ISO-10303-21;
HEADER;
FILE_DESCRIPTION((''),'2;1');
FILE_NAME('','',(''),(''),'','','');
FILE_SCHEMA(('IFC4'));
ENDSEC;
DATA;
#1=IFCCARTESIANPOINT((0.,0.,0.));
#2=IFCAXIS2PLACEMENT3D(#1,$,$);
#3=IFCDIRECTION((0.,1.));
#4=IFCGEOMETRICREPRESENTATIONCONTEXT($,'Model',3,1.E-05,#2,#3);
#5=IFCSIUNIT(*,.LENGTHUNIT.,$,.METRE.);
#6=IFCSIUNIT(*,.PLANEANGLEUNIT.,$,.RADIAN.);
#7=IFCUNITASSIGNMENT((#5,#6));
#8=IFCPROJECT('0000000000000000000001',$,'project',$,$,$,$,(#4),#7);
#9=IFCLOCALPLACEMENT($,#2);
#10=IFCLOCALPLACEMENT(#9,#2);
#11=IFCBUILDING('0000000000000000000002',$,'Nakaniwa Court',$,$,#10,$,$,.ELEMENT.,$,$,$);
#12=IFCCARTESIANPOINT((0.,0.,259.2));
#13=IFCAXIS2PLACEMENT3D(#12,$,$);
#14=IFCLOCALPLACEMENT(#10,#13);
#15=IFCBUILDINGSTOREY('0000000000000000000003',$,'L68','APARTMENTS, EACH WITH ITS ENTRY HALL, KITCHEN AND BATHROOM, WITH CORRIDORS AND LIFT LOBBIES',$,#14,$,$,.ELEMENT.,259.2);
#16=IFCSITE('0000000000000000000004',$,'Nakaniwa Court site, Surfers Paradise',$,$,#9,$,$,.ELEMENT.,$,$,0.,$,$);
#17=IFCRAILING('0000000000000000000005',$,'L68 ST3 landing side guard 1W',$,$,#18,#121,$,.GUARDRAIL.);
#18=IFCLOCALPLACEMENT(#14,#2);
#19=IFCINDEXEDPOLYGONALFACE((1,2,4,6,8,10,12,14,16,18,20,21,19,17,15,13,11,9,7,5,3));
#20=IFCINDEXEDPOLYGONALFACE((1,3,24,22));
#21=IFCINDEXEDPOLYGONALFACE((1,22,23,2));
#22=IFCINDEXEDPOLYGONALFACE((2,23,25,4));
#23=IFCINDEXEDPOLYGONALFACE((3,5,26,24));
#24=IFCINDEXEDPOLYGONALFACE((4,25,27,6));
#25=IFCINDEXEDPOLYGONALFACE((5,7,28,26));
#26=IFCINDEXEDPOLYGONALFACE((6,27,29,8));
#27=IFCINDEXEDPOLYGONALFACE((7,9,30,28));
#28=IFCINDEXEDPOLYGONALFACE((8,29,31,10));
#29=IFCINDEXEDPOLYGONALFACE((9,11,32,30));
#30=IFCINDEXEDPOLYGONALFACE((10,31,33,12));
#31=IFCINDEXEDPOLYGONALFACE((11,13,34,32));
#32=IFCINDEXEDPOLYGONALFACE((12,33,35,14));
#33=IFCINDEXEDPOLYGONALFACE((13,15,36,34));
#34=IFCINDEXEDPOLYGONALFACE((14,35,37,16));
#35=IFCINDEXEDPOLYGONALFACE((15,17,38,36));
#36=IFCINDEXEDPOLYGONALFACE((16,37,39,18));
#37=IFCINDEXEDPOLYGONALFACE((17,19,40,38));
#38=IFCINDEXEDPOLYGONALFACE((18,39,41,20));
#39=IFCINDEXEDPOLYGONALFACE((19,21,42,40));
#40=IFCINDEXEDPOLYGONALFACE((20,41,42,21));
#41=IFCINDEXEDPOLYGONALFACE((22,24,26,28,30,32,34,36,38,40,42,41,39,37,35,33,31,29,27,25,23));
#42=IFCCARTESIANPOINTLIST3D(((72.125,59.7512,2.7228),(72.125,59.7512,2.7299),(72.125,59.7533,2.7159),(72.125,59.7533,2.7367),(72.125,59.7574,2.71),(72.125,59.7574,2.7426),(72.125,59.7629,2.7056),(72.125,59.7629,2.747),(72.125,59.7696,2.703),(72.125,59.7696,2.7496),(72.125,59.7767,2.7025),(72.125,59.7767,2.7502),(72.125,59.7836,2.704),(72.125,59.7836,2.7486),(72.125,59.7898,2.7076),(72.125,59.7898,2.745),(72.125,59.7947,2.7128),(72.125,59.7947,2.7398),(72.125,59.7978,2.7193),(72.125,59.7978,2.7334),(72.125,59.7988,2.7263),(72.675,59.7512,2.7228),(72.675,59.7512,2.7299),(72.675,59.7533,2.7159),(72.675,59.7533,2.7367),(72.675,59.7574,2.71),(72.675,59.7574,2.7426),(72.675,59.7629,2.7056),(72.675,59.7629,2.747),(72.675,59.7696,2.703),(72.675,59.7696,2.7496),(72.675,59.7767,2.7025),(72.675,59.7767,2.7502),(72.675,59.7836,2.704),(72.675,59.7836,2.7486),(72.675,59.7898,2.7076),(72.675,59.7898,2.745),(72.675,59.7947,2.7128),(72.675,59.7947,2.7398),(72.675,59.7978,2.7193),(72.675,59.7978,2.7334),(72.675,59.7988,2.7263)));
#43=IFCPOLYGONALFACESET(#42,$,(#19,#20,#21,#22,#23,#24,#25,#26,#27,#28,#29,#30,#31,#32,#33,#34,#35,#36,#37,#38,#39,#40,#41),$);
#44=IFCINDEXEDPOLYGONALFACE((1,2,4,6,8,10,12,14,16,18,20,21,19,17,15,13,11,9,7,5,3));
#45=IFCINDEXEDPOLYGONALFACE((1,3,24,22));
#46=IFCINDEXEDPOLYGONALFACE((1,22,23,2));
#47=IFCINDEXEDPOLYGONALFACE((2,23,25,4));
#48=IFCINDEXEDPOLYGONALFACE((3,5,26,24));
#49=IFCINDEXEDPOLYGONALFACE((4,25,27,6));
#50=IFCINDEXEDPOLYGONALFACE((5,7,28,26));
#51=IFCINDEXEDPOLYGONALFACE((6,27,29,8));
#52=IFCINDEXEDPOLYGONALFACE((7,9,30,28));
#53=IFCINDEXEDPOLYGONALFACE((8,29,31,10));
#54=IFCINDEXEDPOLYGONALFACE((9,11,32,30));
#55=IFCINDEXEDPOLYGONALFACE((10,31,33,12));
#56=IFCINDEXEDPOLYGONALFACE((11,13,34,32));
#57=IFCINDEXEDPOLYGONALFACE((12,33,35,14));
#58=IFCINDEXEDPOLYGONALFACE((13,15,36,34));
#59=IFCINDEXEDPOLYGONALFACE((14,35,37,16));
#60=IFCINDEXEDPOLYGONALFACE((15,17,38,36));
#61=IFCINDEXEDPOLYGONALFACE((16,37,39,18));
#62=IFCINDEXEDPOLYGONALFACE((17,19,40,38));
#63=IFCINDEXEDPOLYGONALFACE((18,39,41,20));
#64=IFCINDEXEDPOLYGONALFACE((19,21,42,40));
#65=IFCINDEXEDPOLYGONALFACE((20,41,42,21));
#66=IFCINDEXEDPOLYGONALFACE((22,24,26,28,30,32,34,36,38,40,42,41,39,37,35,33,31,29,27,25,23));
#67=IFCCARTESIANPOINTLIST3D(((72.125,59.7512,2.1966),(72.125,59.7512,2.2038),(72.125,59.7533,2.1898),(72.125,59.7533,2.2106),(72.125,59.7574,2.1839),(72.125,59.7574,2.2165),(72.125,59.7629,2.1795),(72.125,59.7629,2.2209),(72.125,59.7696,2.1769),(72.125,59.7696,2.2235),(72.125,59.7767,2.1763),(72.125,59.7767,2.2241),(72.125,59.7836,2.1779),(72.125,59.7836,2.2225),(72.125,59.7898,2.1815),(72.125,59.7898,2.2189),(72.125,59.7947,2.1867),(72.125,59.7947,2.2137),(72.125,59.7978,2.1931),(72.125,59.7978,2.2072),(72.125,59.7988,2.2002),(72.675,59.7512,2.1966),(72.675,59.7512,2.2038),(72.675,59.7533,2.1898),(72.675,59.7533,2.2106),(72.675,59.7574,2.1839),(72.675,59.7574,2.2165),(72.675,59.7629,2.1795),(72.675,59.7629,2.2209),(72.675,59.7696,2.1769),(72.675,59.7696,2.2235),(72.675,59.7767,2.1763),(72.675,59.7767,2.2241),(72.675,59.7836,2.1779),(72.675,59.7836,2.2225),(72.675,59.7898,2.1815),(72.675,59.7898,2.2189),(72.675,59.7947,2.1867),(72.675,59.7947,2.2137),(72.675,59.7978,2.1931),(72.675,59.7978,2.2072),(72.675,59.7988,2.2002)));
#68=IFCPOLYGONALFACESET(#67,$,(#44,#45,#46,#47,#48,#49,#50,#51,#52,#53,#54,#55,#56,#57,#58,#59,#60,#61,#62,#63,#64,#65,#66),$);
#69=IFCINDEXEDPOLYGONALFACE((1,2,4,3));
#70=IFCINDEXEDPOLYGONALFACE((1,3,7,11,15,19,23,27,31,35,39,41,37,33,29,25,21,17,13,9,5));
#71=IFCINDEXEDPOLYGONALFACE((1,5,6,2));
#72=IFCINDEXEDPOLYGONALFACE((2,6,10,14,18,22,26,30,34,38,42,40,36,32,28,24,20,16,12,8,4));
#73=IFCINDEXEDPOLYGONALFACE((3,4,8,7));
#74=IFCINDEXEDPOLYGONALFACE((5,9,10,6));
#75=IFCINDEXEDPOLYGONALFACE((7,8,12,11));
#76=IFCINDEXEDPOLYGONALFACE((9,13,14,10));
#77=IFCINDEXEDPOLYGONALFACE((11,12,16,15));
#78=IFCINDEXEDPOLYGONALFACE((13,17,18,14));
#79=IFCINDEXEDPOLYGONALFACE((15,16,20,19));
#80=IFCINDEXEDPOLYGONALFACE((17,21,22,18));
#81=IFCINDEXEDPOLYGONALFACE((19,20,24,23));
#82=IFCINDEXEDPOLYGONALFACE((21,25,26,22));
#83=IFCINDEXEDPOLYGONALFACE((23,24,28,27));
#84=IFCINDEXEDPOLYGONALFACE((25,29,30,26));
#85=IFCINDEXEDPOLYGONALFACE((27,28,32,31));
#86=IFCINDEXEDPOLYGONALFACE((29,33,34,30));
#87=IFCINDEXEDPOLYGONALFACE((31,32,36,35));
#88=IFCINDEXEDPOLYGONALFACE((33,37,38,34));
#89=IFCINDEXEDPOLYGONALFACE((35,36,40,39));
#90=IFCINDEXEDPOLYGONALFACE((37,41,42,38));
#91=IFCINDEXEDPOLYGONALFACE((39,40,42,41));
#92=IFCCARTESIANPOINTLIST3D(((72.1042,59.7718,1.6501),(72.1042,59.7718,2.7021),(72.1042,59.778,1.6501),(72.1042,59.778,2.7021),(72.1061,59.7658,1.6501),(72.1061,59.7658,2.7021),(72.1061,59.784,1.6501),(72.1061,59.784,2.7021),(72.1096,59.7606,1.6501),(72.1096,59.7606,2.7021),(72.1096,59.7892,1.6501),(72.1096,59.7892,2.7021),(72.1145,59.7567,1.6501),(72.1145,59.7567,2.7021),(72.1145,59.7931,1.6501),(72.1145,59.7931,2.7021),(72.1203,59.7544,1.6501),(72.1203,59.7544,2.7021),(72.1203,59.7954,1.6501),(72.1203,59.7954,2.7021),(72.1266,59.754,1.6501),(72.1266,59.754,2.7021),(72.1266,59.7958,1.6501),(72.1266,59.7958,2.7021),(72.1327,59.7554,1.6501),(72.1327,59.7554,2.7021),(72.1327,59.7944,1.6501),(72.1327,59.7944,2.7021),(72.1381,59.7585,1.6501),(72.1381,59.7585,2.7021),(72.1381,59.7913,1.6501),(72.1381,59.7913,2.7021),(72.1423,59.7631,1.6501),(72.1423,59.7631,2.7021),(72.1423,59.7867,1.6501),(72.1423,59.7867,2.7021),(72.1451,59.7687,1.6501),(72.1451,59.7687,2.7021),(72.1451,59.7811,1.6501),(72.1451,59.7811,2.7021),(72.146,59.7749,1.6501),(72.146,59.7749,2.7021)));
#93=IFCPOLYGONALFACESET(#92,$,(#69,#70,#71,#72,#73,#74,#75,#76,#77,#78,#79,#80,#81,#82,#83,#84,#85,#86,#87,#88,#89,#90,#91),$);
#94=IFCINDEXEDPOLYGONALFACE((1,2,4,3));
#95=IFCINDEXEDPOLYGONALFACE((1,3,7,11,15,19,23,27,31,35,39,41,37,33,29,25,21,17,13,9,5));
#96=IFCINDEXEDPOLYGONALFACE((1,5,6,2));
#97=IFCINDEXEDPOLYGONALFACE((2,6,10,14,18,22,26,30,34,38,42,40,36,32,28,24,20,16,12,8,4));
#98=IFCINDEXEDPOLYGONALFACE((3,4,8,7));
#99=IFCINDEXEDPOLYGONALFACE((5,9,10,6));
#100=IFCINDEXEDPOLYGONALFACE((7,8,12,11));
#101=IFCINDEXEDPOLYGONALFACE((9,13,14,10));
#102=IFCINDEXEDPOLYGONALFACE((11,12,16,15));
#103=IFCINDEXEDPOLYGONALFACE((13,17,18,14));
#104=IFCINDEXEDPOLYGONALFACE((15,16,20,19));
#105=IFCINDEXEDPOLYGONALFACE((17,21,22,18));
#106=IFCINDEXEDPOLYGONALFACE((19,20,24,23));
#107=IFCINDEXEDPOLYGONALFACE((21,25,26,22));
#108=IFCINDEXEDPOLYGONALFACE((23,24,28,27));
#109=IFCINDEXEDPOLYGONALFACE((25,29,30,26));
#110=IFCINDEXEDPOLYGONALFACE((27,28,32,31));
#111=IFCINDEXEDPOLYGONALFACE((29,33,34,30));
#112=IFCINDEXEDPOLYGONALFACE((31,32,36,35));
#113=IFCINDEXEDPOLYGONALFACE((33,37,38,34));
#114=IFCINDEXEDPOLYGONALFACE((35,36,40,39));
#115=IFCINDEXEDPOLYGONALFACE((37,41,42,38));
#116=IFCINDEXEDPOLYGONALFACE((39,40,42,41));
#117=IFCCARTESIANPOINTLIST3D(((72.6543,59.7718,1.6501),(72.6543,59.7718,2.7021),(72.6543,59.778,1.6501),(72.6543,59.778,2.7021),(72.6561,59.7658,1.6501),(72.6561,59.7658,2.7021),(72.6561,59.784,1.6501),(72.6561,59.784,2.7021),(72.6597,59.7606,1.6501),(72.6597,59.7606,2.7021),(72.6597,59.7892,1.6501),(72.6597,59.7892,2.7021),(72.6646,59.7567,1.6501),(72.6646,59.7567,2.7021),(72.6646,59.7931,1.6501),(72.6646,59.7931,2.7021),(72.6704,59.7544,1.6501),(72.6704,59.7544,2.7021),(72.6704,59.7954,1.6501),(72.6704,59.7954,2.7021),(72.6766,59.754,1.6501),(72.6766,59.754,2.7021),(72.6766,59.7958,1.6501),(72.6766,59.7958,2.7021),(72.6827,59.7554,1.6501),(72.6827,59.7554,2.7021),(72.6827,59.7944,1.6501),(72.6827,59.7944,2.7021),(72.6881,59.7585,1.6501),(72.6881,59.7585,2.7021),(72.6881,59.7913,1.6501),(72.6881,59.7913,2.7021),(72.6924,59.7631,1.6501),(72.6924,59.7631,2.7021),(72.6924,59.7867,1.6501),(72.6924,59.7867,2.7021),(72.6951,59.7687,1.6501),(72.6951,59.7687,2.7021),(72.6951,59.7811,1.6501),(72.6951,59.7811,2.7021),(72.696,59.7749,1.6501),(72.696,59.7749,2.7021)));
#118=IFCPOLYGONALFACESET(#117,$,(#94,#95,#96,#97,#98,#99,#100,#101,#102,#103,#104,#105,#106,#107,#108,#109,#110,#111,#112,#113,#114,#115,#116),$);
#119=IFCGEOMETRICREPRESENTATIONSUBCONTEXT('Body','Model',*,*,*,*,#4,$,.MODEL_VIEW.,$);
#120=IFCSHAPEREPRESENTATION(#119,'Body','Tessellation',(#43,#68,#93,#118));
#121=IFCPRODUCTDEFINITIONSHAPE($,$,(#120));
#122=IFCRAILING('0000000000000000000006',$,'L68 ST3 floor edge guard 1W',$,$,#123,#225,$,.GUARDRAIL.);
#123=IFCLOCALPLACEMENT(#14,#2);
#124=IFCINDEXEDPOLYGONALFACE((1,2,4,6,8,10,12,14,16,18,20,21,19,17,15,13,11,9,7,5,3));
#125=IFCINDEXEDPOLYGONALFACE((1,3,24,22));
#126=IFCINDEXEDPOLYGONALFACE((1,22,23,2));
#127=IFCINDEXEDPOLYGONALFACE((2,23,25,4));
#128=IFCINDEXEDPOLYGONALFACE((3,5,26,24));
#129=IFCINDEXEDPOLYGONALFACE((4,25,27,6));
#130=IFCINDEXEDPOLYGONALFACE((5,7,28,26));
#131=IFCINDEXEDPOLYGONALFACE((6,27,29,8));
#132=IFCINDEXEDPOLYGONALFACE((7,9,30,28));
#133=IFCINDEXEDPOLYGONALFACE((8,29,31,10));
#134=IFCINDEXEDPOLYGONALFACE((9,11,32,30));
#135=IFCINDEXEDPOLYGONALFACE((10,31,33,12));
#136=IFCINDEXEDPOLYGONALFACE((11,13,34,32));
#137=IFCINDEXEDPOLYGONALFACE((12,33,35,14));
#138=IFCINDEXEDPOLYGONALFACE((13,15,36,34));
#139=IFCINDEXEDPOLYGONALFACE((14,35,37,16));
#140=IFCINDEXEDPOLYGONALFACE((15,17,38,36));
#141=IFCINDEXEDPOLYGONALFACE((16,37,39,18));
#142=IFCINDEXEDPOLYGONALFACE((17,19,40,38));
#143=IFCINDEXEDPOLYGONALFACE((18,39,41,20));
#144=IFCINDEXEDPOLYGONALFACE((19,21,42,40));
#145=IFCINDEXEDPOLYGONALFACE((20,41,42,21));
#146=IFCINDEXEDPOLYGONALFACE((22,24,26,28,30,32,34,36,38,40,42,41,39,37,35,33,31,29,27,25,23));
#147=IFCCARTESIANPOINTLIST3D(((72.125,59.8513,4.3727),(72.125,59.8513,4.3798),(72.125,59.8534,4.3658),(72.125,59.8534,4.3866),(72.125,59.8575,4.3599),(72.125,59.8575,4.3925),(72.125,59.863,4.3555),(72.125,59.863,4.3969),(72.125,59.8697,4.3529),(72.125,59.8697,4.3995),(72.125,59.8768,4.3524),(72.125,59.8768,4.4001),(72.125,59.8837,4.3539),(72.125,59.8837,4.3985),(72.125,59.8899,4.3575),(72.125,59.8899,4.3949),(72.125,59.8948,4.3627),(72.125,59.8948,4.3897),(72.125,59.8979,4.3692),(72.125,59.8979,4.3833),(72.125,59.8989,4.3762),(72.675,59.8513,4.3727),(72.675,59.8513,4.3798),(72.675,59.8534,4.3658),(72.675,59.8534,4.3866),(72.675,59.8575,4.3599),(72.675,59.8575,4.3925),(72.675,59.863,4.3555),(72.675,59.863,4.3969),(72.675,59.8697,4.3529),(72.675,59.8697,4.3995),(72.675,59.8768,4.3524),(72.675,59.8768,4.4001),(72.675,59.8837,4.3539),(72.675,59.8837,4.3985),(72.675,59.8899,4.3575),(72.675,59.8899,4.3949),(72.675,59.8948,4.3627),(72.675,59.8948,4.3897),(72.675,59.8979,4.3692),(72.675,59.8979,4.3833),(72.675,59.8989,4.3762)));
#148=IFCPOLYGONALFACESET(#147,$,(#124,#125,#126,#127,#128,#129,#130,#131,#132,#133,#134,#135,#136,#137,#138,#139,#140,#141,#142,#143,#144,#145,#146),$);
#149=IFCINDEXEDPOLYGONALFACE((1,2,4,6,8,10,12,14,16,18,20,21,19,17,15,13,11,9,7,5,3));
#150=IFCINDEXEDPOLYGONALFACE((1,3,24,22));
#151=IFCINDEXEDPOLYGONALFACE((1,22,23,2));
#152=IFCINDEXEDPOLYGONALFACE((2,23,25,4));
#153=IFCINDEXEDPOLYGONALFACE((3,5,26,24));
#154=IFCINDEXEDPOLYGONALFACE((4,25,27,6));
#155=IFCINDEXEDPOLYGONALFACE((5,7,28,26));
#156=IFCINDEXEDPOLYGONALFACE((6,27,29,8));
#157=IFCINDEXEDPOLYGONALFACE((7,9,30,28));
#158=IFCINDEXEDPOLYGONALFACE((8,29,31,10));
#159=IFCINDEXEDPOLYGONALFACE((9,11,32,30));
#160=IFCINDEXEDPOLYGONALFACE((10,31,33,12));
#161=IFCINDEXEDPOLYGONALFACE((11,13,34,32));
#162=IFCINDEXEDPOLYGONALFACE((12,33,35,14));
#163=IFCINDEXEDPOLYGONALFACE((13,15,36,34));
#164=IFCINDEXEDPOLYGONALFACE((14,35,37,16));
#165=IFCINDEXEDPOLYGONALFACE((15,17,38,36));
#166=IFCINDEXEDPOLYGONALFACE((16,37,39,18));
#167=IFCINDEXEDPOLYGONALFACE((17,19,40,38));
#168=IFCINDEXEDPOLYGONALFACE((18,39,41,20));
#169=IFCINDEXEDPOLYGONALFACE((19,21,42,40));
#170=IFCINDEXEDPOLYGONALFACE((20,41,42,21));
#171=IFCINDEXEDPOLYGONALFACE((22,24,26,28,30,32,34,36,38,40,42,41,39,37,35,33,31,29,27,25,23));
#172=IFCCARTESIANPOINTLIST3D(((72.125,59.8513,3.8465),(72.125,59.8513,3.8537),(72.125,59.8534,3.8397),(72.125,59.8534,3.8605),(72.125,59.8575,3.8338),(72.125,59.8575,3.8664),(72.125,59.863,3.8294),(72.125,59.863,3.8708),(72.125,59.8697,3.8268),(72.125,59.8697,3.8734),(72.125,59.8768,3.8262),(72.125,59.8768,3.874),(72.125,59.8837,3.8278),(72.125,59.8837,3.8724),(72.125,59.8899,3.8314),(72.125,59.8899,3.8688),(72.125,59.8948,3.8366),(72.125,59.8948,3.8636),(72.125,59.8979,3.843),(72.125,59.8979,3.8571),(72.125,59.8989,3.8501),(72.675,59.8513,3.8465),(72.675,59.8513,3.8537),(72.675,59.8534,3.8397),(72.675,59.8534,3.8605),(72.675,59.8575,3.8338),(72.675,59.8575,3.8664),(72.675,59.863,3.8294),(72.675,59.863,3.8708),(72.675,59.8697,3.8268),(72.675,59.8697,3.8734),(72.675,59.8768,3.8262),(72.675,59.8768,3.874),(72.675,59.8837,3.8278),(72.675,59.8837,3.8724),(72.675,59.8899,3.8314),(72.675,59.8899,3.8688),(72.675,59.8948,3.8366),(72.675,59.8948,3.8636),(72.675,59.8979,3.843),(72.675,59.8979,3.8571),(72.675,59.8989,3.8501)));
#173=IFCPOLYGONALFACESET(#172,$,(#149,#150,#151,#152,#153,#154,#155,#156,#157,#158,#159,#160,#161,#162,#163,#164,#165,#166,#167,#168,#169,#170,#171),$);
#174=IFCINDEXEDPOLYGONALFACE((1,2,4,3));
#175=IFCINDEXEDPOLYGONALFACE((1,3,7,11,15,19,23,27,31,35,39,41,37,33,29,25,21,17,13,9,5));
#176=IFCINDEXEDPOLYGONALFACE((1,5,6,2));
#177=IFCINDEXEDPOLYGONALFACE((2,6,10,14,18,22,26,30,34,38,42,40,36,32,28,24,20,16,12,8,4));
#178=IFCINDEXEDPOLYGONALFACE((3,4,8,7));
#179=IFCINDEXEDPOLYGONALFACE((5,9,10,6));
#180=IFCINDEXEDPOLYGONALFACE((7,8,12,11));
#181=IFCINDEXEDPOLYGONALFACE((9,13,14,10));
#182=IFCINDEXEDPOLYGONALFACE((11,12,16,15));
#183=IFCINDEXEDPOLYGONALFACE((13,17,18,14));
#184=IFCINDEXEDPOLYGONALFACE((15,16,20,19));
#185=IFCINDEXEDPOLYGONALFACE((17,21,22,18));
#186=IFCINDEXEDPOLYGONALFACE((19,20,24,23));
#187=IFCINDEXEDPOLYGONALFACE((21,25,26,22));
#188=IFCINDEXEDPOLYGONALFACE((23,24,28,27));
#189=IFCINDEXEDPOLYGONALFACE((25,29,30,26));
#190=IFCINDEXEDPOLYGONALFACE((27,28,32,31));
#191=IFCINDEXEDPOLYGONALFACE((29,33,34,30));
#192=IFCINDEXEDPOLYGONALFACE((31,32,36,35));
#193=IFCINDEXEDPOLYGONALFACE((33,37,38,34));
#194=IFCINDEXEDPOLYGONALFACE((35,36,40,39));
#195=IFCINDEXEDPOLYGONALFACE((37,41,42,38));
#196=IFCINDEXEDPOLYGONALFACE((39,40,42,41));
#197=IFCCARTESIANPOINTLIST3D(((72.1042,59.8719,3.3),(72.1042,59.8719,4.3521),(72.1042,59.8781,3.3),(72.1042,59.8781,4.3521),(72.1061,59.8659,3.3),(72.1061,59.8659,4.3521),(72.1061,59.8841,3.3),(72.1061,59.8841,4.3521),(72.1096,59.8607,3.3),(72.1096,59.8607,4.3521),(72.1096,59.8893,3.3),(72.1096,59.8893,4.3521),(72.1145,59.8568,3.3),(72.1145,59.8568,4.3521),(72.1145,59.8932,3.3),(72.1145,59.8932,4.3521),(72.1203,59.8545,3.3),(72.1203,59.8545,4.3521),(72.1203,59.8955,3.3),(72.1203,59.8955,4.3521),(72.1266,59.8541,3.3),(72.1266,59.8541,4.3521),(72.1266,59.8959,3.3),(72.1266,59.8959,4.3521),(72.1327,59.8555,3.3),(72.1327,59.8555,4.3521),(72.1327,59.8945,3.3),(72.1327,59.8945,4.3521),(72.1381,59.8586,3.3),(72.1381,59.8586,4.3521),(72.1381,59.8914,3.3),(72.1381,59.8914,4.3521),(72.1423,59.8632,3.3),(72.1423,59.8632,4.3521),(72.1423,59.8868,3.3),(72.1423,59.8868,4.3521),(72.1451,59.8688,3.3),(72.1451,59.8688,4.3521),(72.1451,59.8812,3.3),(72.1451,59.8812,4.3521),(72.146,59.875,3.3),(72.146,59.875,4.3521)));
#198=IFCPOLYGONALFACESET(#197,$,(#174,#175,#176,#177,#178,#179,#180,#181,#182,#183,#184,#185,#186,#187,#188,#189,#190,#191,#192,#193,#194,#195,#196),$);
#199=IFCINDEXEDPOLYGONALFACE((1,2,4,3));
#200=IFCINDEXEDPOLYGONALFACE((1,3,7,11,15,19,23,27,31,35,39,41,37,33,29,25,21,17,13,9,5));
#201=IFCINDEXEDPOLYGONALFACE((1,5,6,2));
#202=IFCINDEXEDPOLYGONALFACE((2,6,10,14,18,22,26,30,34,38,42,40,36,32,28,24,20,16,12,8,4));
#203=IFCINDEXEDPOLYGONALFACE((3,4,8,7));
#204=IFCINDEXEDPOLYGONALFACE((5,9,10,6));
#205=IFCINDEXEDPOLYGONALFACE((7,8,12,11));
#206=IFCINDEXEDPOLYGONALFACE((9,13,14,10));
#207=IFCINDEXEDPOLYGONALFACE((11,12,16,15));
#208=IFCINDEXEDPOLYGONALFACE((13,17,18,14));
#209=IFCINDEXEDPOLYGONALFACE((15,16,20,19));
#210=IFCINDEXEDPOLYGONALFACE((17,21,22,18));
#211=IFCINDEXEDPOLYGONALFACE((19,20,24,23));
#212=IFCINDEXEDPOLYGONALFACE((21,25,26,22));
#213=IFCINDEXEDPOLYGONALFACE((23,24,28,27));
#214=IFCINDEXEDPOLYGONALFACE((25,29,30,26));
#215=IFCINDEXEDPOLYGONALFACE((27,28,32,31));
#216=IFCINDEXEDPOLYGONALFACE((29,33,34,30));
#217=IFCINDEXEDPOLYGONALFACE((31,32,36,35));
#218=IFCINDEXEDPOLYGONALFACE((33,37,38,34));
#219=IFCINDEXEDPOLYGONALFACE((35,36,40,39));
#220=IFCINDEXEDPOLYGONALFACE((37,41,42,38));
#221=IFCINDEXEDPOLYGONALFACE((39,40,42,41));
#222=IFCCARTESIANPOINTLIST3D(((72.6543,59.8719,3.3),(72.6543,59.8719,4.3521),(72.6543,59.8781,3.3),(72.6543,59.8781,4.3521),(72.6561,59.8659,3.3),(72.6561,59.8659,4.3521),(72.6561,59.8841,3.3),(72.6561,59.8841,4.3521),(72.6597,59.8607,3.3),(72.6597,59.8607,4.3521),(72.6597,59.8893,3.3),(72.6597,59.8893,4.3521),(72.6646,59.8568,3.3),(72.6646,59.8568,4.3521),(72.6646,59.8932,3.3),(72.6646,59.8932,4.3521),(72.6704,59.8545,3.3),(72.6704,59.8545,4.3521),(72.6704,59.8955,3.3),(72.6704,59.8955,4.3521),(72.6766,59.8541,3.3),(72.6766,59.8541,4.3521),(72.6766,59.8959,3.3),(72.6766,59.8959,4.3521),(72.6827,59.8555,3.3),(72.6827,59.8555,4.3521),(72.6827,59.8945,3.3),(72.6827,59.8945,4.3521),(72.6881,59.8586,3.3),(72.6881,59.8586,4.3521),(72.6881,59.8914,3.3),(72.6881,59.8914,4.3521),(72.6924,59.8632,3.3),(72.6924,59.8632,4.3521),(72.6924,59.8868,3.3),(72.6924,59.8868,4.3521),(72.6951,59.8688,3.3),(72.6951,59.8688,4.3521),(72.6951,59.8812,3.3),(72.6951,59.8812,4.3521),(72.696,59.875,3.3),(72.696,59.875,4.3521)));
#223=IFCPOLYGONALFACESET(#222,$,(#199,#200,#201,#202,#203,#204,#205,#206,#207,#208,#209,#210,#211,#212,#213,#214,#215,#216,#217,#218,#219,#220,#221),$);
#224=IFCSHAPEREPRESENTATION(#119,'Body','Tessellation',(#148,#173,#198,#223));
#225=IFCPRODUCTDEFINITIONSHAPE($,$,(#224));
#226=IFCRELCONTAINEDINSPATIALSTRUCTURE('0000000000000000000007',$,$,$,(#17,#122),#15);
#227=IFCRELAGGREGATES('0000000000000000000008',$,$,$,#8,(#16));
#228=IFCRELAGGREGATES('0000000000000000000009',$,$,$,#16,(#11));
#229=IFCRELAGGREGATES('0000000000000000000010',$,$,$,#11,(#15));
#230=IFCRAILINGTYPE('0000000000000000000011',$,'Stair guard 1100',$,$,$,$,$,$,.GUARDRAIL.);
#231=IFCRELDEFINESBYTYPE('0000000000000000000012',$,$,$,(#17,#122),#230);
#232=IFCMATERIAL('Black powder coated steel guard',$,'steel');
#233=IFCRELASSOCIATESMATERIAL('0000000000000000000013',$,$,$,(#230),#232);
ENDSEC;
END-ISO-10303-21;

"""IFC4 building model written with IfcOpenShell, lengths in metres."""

from ifc_helpers import new_model, si_unit, direction, frame, origin, origin_2d, place, context, subcontext, project, spatial, circle, extrude, material, type_object, element, save


model = new_model("IFC4")

# Units and contexts
model_context = context("Model", 3, precision=1e-05, world=origin(), true_north=direction((0.0, 1.0)))
body_context = subcontext(model_context, "Body", "Model", "MODEL_VIEW")
ifc_project = project(units=[si_unit("LENGTHUNIT", "METRE"), si_unit("PLANEANGLEUNIT", "RADIAN")], contexts=[model_context])

# Site, building, storey
site_placement = place(None, origin())
site = spatial("IfcSite", under=ifc_project, at=site_placement, Name="Nakaniwa Court site, Surfers Paradise", CompositionType="ELEMENT", RefElevation=0.0)
building_placement = place(site_placement, origin())
building = spatial("IfcBuilding", under=site, at=building_placement, Name="Nakaniwa Court", CompositionType="ELEMENT")
storey_placement = place(building_placement, frame((0.0, 0.0, 259.2)))
storey = spatial("IfcBuildingStorey", under=building, at=storey_placement, Name="L68", Description="APARTMENTS, EACH WITH ITS ENTRY HALL, KITCHEN AND BATHROOM, WITH CORRIDORS AND LIFT LOBBIES", CompositionType="ELEMENT", Elevation=259.2)

# Railings
ifc_material_1 = material(Name="Black powder coated steel guard", Category="steel")
railing_type_1 = type_object("IfcRailingType", Name="Stair guard 1100", PredefinedType="GUARDRAIL", material=ifc_material_1)
for number, where, name in (
    (1, (72.125, 59.7749, 1.6501), "L68 ST3 landing side guard 1W"),
    (2, (72.125, 59.875, 3.3), "L68 ST3 floor edge guard 1W"),
):
    element("IfcRailing", number, at=place(storey_placement, frame(where)), inside=storey, type_object=railing_type_1, Name=name, PredefinedType="GUARDRAIL", context=body_context, shape_type="SweptSolid", body=[
        extrude(circle(Radius=0.0239, at=origin_2d()), frame((0.0, 0.0, 1.0762), z_axis=(1.0, 0.0, 0.0), x_axis=(0.0, 1.0, 0.0)), (0.0, 0.0, 1.0), 0.55),
        extrude(circle(Radius=0.0239, at=origin_2d()), frame((0.0, 0.0, 0.55), z_axis=(1.0, 0.0, 0.0), x_axis=(0.0, 1.0, 0.0)), (0.0, 0.0, 1.0), 0.55),
        extrude(circle(Radius=0.021, at=origin_2d()), origin(), (0.0, 0.0, 1.0), 1.052),
        extrude(circle(Radius=0.021, at=origin_2d()), frame((0.55, 0.0, 0.0)), (0.0, 0.0, 1.0), 1.052),
    ])

save(model, "model.ifc")
